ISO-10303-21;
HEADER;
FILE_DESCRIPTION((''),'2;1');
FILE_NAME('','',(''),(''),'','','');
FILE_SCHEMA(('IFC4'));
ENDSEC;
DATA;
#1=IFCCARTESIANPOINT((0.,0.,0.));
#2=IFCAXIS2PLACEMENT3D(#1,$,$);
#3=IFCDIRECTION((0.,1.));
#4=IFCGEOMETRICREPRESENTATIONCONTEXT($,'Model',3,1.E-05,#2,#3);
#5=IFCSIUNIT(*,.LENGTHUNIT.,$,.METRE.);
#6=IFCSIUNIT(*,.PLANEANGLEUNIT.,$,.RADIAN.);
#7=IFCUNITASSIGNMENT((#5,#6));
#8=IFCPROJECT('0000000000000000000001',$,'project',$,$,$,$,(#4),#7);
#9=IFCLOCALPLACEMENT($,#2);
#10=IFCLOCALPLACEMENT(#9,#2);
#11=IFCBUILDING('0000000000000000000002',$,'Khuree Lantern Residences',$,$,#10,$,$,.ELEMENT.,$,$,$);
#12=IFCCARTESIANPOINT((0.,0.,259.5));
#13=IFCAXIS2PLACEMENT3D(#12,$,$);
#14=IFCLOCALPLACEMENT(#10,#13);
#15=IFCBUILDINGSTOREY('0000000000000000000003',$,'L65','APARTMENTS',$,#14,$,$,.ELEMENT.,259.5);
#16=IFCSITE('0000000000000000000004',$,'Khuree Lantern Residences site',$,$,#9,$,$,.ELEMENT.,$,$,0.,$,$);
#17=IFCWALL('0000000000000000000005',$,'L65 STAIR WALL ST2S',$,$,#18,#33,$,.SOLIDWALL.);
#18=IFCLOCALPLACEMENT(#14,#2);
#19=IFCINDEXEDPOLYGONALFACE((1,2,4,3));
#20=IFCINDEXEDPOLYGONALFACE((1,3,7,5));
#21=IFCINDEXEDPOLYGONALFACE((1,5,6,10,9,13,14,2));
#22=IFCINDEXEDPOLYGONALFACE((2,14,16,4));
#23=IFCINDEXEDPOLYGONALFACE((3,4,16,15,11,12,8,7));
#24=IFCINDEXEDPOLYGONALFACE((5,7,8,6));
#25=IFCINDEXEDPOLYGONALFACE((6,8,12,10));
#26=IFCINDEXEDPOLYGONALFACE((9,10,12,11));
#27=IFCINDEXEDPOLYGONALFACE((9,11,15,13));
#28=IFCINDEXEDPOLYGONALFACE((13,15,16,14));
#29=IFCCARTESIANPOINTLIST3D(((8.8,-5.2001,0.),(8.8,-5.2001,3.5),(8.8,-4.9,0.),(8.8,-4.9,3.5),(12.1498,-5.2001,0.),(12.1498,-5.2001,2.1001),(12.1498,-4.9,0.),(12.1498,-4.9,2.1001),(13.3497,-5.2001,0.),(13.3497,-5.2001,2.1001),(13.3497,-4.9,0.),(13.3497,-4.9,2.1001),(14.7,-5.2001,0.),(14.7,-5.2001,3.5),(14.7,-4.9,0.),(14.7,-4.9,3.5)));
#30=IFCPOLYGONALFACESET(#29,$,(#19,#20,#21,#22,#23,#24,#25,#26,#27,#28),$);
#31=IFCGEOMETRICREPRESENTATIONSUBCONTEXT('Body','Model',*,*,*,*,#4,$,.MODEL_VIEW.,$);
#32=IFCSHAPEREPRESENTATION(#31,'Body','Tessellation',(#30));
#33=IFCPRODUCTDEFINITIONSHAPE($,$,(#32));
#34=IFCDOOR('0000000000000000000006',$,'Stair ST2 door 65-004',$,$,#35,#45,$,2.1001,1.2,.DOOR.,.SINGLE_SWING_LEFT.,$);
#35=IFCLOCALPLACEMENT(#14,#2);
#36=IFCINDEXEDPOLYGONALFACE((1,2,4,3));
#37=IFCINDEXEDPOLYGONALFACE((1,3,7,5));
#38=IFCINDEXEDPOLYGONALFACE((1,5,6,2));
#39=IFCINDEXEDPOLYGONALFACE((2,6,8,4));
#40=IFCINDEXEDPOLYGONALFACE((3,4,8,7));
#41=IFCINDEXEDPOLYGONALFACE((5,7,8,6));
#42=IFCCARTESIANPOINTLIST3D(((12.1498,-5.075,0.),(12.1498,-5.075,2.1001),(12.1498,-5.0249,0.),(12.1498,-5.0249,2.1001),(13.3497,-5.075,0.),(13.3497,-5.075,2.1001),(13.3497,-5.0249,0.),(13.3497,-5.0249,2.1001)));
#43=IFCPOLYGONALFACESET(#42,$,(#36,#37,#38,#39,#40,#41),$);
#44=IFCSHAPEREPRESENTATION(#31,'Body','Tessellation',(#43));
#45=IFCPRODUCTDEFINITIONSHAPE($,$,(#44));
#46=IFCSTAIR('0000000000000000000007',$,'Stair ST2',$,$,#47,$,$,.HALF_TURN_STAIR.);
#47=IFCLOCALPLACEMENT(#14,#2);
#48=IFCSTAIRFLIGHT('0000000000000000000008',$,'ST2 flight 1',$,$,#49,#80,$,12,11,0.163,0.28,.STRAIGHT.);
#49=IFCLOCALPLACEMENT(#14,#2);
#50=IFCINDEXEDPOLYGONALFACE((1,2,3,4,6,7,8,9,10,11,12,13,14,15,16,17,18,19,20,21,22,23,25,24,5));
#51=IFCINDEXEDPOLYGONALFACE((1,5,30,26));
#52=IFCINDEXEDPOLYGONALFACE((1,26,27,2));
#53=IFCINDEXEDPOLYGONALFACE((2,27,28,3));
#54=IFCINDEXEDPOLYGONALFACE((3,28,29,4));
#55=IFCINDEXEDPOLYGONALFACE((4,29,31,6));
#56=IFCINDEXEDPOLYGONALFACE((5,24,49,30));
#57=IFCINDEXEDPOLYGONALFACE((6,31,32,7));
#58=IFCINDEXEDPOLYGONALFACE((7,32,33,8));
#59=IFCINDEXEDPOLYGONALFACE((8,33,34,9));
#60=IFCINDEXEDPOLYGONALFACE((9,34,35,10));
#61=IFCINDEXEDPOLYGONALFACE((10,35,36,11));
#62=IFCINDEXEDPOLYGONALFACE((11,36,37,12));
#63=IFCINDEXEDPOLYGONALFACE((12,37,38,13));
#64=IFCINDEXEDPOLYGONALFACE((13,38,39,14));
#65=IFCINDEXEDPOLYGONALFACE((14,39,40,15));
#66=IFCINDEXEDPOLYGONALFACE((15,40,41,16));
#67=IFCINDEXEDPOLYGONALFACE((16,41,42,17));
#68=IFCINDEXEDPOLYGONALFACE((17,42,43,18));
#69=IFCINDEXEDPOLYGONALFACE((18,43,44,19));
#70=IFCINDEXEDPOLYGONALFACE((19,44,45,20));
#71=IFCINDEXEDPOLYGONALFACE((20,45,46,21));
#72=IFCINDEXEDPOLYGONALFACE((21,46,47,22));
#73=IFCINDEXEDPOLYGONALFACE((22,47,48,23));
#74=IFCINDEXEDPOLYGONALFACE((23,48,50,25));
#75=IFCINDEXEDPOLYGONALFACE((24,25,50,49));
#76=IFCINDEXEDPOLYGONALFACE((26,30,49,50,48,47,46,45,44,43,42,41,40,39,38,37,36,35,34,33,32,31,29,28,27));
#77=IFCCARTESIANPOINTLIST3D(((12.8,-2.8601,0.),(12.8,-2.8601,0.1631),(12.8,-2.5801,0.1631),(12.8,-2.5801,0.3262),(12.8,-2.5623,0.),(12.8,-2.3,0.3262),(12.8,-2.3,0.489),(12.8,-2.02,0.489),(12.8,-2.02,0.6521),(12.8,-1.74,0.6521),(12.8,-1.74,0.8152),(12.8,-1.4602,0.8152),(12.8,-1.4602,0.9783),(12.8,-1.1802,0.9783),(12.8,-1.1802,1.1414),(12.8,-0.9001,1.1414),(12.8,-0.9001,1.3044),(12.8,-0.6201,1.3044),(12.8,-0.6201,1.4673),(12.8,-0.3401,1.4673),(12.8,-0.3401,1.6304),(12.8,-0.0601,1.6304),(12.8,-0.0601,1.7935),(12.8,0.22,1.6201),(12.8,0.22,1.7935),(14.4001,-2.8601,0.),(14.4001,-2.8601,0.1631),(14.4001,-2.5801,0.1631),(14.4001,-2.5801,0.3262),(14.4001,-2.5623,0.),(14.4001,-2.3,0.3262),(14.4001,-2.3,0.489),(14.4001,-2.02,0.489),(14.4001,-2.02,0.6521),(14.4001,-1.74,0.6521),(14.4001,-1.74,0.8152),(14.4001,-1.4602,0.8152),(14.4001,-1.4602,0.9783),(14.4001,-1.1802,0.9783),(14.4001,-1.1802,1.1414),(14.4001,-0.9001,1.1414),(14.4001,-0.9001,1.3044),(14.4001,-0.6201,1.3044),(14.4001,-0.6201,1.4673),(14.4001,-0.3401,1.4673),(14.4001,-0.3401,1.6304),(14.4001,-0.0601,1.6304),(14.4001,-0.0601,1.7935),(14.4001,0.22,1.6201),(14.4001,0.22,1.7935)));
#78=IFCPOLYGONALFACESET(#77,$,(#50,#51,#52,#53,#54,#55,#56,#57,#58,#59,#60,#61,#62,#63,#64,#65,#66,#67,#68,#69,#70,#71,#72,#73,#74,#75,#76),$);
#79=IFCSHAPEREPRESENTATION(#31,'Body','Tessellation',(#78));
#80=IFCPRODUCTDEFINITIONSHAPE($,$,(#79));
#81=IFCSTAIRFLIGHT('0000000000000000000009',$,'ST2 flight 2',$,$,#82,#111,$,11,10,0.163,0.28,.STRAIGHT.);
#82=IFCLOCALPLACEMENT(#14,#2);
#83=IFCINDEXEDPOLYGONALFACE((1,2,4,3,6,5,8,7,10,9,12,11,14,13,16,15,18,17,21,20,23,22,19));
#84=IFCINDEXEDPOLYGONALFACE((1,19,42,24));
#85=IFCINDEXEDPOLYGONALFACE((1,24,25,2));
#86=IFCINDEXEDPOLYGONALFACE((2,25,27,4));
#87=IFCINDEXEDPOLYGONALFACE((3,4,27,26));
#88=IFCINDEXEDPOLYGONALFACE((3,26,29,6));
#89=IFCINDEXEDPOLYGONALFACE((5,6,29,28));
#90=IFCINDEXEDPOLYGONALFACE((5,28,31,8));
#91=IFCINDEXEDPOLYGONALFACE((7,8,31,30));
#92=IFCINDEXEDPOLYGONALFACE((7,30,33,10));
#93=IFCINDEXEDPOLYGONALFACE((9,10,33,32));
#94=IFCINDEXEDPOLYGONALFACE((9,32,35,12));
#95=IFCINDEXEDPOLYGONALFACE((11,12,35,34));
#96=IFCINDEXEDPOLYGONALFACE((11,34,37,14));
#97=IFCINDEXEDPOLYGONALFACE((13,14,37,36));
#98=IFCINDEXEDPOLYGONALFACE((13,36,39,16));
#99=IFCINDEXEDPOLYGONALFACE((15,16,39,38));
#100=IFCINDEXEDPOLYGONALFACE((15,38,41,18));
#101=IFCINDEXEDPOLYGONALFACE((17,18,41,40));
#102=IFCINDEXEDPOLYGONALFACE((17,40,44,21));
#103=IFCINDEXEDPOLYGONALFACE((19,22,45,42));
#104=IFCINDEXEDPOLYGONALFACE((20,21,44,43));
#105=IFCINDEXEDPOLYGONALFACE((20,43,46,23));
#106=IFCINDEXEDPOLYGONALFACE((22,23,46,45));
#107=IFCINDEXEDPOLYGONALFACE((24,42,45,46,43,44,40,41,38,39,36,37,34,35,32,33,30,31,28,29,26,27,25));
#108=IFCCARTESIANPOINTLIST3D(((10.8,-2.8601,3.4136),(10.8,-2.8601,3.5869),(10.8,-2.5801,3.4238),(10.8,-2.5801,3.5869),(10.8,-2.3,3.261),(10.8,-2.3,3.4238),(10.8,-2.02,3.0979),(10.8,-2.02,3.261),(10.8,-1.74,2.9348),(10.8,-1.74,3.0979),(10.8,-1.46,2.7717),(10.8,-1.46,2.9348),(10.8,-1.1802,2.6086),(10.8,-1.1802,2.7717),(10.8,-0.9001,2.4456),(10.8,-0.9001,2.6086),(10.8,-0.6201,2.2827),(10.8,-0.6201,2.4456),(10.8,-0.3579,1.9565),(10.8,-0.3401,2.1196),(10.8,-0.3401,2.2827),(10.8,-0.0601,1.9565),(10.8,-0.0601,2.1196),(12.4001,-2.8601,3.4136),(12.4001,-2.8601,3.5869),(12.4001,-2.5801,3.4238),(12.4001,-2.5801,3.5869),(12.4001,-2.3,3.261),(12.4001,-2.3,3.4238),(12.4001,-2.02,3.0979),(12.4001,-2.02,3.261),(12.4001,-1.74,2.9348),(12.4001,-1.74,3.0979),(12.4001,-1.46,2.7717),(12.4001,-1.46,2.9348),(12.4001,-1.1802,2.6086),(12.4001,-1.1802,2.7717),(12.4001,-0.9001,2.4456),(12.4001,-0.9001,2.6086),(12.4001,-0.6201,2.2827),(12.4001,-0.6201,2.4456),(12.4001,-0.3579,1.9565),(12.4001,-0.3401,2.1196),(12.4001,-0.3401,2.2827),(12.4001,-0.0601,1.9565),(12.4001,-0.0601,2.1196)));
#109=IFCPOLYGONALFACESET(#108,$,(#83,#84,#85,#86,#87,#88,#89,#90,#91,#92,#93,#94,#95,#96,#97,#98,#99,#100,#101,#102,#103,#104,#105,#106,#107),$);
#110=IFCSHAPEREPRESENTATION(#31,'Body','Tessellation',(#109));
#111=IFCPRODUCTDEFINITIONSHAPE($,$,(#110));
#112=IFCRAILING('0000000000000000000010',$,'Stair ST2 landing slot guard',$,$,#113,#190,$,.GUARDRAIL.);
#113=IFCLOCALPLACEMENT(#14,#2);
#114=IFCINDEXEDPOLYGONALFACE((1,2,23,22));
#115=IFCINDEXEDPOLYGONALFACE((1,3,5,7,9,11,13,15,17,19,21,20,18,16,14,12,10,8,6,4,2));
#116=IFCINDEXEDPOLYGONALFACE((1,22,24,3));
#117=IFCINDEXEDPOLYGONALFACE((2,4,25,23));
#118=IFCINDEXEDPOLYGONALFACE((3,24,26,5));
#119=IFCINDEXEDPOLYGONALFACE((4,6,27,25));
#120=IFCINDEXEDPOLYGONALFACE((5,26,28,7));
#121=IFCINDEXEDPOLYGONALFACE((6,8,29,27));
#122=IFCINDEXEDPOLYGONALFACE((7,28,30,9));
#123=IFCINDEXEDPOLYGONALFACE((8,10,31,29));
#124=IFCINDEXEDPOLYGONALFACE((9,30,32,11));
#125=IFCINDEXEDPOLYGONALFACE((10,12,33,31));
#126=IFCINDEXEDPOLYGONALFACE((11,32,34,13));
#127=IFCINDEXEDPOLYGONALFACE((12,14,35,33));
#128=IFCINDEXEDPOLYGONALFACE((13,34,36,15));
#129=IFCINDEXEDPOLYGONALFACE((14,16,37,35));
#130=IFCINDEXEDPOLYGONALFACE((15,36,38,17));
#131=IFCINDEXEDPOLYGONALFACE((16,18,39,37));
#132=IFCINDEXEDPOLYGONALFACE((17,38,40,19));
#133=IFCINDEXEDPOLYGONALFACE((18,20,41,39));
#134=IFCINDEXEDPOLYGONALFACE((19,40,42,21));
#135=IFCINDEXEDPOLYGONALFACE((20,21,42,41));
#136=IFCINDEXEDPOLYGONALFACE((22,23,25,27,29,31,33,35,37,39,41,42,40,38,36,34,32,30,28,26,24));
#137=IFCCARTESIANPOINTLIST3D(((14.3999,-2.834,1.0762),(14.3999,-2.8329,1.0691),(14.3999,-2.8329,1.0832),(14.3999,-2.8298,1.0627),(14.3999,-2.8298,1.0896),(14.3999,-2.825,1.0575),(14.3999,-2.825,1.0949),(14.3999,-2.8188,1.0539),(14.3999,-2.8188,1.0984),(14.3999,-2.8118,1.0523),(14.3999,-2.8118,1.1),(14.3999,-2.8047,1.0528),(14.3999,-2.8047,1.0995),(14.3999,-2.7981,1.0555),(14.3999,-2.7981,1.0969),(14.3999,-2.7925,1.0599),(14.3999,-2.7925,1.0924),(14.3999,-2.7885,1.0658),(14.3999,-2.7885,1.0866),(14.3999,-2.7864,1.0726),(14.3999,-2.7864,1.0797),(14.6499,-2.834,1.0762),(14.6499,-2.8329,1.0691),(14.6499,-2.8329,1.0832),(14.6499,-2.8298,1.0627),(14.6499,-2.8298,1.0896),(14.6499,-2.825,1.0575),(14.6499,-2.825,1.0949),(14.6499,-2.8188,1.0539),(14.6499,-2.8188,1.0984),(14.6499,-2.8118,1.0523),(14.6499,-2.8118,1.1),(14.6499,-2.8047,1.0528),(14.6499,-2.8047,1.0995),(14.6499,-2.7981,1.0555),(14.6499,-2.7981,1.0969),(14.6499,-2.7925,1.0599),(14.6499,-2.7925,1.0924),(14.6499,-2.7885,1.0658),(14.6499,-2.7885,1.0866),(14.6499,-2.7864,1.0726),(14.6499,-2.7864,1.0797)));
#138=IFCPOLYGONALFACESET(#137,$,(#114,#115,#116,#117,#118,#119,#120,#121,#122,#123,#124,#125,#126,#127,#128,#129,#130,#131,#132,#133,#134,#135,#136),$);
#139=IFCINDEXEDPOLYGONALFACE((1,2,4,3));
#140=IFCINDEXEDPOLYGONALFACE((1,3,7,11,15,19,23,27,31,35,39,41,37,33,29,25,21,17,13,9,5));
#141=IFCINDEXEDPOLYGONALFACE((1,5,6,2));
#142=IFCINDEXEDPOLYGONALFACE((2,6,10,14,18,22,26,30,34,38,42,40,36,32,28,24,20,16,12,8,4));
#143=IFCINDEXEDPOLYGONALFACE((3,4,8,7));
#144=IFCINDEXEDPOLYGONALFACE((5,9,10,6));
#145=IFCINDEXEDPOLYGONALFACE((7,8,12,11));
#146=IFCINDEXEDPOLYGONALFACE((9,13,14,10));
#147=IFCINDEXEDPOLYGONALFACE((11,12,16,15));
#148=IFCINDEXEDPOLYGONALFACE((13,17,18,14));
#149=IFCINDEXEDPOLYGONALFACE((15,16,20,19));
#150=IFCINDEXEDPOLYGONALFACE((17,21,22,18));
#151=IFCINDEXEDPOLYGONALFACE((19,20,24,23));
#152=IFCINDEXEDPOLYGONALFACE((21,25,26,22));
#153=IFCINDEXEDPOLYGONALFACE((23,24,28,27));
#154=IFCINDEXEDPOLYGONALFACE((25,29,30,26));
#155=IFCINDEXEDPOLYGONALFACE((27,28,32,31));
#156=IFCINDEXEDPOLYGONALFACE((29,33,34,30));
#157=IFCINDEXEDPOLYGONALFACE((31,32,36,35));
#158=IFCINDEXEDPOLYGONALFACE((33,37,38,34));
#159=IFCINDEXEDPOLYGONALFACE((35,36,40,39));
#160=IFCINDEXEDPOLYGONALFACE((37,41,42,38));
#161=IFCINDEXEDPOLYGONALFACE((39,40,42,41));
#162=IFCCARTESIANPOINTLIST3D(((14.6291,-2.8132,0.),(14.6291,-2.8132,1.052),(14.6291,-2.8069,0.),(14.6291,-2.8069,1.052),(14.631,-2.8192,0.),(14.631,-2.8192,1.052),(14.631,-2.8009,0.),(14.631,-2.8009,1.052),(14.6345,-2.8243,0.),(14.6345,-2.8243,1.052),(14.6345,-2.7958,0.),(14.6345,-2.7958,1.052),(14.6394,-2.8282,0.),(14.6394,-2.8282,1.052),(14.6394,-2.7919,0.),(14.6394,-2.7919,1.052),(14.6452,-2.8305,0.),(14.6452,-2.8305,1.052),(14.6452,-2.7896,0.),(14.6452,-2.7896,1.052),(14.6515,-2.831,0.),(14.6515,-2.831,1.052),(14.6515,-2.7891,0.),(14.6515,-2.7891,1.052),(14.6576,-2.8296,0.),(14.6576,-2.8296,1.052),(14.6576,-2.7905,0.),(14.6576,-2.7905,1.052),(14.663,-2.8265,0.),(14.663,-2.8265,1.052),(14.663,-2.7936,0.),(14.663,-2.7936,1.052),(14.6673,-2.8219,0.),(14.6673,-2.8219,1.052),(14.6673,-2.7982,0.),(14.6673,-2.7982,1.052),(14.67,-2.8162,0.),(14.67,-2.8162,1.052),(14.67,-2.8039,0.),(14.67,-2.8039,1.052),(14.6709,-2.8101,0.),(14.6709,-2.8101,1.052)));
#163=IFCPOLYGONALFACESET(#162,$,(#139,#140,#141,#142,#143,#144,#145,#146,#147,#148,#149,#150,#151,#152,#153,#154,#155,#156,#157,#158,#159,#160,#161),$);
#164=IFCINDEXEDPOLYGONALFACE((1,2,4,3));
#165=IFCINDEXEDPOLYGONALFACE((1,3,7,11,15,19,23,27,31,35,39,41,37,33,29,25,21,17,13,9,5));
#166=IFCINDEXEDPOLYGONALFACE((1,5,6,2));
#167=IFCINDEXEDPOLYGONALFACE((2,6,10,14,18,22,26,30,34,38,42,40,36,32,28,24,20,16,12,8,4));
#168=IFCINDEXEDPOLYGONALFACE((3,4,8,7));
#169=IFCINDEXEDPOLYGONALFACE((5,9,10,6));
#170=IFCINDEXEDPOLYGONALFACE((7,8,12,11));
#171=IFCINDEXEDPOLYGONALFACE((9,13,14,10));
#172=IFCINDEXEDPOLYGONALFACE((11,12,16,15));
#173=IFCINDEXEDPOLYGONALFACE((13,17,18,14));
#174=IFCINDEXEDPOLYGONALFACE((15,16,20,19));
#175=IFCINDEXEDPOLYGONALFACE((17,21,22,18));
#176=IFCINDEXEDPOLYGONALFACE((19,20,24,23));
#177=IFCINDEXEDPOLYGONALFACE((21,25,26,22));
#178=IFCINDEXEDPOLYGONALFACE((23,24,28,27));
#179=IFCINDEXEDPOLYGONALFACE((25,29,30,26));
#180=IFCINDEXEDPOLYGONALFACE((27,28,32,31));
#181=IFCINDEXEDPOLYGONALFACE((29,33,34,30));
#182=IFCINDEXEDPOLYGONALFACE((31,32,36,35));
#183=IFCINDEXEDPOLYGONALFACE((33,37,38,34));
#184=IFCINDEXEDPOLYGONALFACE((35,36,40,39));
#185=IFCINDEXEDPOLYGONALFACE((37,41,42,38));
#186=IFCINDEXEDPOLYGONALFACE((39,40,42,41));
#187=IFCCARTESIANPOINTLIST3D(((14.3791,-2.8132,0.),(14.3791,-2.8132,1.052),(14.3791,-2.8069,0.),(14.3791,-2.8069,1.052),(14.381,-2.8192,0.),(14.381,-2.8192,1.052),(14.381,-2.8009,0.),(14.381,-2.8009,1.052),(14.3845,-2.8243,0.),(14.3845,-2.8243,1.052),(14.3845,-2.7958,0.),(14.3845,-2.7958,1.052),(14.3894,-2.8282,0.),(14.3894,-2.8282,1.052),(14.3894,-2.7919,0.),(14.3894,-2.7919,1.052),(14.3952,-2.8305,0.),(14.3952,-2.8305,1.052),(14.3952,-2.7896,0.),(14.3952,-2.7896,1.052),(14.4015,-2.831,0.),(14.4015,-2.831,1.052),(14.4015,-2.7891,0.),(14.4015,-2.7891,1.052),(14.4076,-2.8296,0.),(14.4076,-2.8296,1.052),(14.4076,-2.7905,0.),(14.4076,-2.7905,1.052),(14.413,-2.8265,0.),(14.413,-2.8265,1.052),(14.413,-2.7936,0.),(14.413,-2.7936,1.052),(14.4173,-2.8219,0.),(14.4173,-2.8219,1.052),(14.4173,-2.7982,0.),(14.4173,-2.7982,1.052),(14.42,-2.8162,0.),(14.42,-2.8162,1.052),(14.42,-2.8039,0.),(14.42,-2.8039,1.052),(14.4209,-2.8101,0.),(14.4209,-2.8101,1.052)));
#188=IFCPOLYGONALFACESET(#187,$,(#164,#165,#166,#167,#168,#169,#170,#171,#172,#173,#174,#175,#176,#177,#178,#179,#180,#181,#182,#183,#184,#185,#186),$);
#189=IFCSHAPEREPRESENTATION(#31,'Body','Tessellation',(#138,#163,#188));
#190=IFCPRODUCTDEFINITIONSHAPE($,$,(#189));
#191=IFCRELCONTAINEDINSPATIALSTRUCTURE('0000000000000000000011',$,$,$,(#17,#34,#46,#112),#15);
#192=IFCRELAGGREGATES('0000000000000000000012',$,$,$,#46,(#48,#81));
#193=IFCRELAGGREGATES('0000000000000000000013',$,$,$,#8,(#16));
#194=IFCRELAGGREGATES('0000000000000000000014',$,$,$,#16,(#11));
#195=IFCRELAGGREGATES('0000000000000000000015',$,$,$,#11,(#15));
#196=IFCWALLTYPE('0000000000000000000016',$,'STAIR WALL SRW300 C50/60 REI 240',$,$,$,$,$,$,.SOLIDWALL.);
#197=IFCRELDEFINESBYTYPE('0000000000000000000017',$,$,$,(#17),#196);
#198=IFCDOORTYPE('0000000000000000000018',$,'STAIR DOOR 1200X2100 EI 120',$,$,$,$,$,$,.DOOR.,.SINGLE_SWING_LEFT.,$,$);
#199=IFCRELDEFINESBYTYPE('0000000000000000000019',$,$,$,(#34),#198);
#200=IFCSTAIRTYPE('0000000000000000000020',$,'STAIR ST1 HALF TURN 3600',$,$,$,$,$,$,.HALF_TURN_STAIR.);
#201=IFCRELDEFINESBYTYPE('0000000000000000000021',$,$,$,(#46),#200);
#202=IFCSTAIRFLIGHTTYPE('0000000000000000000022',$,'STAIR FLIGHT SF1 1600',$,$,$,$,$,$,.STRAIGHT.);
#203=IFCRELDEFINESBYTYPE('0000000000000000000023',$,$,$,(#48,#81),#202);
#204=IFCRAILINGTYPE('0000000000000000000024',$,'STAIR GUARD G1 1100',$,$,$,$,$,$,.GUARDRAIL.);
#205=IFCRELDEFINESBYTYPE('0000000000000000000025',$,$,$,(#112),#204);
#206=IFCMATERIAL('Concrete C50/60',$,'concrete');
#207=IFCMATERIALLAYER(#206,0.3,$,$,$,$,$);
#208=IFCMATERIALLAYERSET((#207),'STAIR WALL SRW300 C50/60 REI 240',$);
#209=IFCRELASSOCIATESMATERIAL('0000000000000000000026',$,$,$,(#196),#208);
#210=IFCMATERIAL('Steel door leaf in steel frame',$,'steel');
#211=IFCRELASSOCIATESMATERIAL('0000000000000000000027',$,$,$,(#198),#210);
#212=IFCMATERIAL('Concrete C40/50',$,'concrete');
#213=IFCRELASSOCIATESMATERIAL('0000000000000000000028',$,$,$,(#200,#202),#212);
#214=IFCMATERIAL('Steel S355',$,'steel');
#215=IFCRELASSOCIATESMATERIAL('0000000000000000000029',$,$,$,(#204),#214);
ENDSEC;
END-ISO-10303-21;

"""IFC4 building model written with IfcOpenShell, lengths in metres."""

from ifc_helpers import new_model, si_unit, direction, frame, frame_2d, origin, origin_2d, place, context, subcontext, project, spatial, polyline, rectangle, circle, outline, extrude, material, layer, layer_set, type_object, element, fill, aggregate, save


model = new_model("IFC4")

# Units and contexts
model_context = context("Model", 3, precision=1e-05, world=origin(), true_north=direction((0.0, 1.0)))
body_context = subcontext(model_context, "Body", "Model", "MODEL_VIEW")
ifc_project = project(units=[si_unit("LENGTHUNIT", "METRE"), si_unit("PLANEANGLEUNIT", "RADIAN")], contexts=[model_context])

# Site, building, storey
site_placement = place(None, origin())
site = spatial("IfcSite", under=ifc_project, at=site_placement, Name="Khuree Lantern Residences site", CompositionType="ELEMENT", RefElevation=0.0)
building_placement = place(site_placement, origin())
building = spatial("IfcBuilding", under=site, at=building_placement, Name="Khuree Lantern Residences", CompositionType="ELEMENT")
storey_placement = place(building_placement, frame((0.0, 0.0, 259.5)))
storey = spatial("IfcBuildingStorey", under=building, at=storey_placement, Name="L65", Description="APARTMENTS", CompositionType="ELEMENT", Elevation=259.5)

# Shared definitions
ifc_material_1 = material(Name="Concrete C50/60", Category="concrete")

# Shared definitions
ifc_material_2 = material(Name="Steel door leaf in steel frame", Category="steel")

# Shared definitions
ifc_layer_1 = layer(ifc_material_1, 0.3)
ifc_layer_set_1 = layer_set([ifc_layer_1], Name="STAIR WALL SRW300 C50/60 REI 240")
wall_type_1 = type_object("IfcWallType", Name="STAIR WALL SRW300 C50/60 REI 240", PredefinedType="SOLIDWALL", material=ifc_layer_set_1)

# Wall, opening, door
wall_1_placement = place(storey_placement, frame((14.7, -5.05, 0.0), z_axis=(0.0, 0.0, 1.0), x_axis=(-1.0, 0.0, 0.0)))
wall_1 = element("IfcWall", 1, at=wall_1_placement, inside=storey, type_object=wall_type_1, Name="L65 STAIR WALL ST2S", PredefinedType="SOLIDWALL", context=body_context, shape_type="SweptSolid", body=[
    extrude(rectangle(XDim=5.8999, YDim=0.3, at=frame_2d((2.95, 0.0))), origin(), (0.0, 0.0, 1.0), 3.5),
])
opening_1_placement = place(wall_1_placement, frame((1.3501, 0.0, 0.0)))
opening_1 = element("IfcOpeningElement", 2, at=opening_1_placement, cuts=wall_1, PredefinedType="OPENING", context=body_context, shape_type="SweptSolid", body=[
    extrude(rectangle(XDim=1.2, YDim=2.1001, at=frame_2d((0.6001, 1.05))), frame((0.0, 0.1602, 0.0), z_axis=(0.0, -1.0, 0.0), x_axis=(1.0, 0.0, 0.0)), (0.0, 0.0, 1.0), 0.3201),
])
door_type_1 = type_object("IfcDoorType", Name="STAIR DOOR 1200X2100 EI 120", OperationType="SINGLE_SWING_LEFT", PredefinedType="DOOR", material=ifc_material_2)
door_1_placement = place(opening_1_placement, origin())
door_1 = element("IfcDoor", 3, at=door_1_placement, inside=storey, type_object=door_type_1, Name="Stair ST2 door 65-004", OperationType="SINGLE_SWING_LEFT", OverallHeight=2.1001, OverallWidth=1.2, PredefinedType="DOOR", context=body_context, shape_type="SweptSolid", body=[
    extrude(rectangle(XDim=1.2, YDim=2.1001, at=frame_2d((0.6001, 1.05))), frame((0.0, 0.0249, 0.0), z_axis=(0.0, -1.0, 0.0), x_axis=(1.0, 0.0, 0.0)), (0.0, 0.0, 1.0), 0.05),
])
fill(opening_1, door_1)

# Stair, stair flights
ifc_material_3 = material(Name="Concrete C40/50", Category="concrete")
stair_type = type_object("IfcStairType", Name="STAIR ST1 HALF TURN 3600", PredefinedType="HALF_TURN_STAIR", material=ifc_material_3)
stair_placement = place(storey_placement, origin())
stair = element("IfcStair", 4, at=stair_placement, inside=storey, type_object=stair_type, Name="Stair ST2", PredefinedType="HALF_TURN_STAIR")
stair_flight_type = type_object("IfcStairFlightType", Name="STAIR FLIGHT SF1 1600", PredefinedType="STRAIGHT", material=ifc_material_3)
stair_flight_1_placement = place(storey_placement, frame((13.6001, -2.8601, 0.0), z_axis=(0.0, 0.0, 1.0), x_axis=(0.0, 1.0, 0.0)))
stair_flight_1 = element("IfcStairFlight", 5, at=stair_flight_1_placement, type_object=stair_flight_type, Name="ST2 flight 1", NumberOfRisers=12, NumberOfTreads=11, PredefinedType="STRAIGHT", RiserHeight=0.163, TreadLength=0.28, context=body_context, shape_type="SweptSolid", body=[
    extrude(outline(polyline([(0.0, 0.0), (0.0, 0.1631), (0.28, 0.1631), (0.28, 0.3262), (0.5601, 0.3262), (0.5601, 0.489), (0.8401, 0.489), (0.8401, 0.6521), (1.1201, 0.6521), (1.1201, 0.8152), (1.3999, 0.8152), (1.3999, 0.9783), (1.6799, 0.9783), (1.6799, 1.1414), (1.96, 1.1414), (1.96, 1.3044), (2.24, 1.3044), (2.24, 1.4673), (2.52, 1.4673), (2.52, 1.6304), (2.8, 1.6304), (2.8, 1.7935), (3.0801, 1.7935), (3.0801, 1.9565), (3.0801, 1.6201), (0.2979, 0.0), (0.0, 0.0)])), frame((0.0, 0.8, 0.0), z_axis=(0.0, -1.0, 0.0), x_axis=(1.0, 0.0, 0.0)), (0.0, 0.0, 1.0), 1.6001),
])
stair_flight_2_placement = place(storey_placement, frame((11.6001, -0.0601, 1.9565), z_axis=(0.0, 0.0, 1.0), x_axis=(0.0, -1.0, 0.0)))
stair_flight_2 = element("IfcStairFlight", 6, at=stair_flight_2_placement, type_object=stair_flight_type, Name="ST2 flight 2", NumberOfRisers=11, NumberOfTreads=10, PredefinedType="STRAIGHT", RiserHeight=0.163, TreadLength=0.28, context=body_context, shape_type="SweptSolid", body=[
    extrude(outline(polyline([(0.0, 0.0), (0.0, 0.1631), (0.28, 0.1631), (0.28, 0.3262), (0.5601, 0.3262), (0.5601, 0.489), (0.8401, 0.489), (0.8401, 0.6521), (1.1201, 0.6521), (1.1201, 0.8152), (1.3999, 0.8152), (1.3999, 0.9783), (1.6799, 0.9783), (1.6799, 1.1414), (1.96, 1.1414), (1.96, 1.3044), (2.24, 1.3044), (2.24, 1.4673), (2.52, 1.4673), (2.52, 1.6304), (2.8, 1.6304), (2.8, 1.7935), (2.8, 1.457), (0.2979, 0.0), (0.0, 0.0)])), frame((0.0, 0.8, 0.0), z_axis=(0.0, -1.0, 0.0), x_axis=(1.0, 0.0, 0.0)), (0.0, 0.0, 1.0), 1.6001),
])
aggregate(stair, [stair_flight_1, stair_flight_2])

# Railing
ifc_material_4 = material(Name="Steel S355", Category="steel")
railing_type_1 = type_object("IfcRailingType", Name="STAIR GUARD G1 1100", PredefinedType="GUARDRAIL", material=ifc_material_4)
railing_1_placement = place(storey_placement, frame((14.6499, -2.8101, 0.0)))
element("IfcRailing", 7, at=railing_1_placement, inside=storey, type_object=railing_type_1, Name="Stair ST2 landing slot guard", PredefinedType="GUARDRAIL", context=body_context, shape_type="SweptSolid", body=[
    extrude(circle(Radius=0.0239, at=origin_2d()), frame((0.0, 0.0, 1.0762), z_axis=(-1.0, 0.0, 0.0), x_axis=(0.0, -1.0, 0.0)), (0.0, 0.0, 1.0), 0.25),
    extrude(circle(Radius=0.021, at=origin_2d()), origin(), (0.0, 0.0, 1.0), 1.052),
    extrude(circle(Radius=0.021, at=origin_2d()), frame((-0.25, 0.0, 0.0)), (0.0, 0.0, 1.0), 1.052),
])

save(model, "model.ifc")
